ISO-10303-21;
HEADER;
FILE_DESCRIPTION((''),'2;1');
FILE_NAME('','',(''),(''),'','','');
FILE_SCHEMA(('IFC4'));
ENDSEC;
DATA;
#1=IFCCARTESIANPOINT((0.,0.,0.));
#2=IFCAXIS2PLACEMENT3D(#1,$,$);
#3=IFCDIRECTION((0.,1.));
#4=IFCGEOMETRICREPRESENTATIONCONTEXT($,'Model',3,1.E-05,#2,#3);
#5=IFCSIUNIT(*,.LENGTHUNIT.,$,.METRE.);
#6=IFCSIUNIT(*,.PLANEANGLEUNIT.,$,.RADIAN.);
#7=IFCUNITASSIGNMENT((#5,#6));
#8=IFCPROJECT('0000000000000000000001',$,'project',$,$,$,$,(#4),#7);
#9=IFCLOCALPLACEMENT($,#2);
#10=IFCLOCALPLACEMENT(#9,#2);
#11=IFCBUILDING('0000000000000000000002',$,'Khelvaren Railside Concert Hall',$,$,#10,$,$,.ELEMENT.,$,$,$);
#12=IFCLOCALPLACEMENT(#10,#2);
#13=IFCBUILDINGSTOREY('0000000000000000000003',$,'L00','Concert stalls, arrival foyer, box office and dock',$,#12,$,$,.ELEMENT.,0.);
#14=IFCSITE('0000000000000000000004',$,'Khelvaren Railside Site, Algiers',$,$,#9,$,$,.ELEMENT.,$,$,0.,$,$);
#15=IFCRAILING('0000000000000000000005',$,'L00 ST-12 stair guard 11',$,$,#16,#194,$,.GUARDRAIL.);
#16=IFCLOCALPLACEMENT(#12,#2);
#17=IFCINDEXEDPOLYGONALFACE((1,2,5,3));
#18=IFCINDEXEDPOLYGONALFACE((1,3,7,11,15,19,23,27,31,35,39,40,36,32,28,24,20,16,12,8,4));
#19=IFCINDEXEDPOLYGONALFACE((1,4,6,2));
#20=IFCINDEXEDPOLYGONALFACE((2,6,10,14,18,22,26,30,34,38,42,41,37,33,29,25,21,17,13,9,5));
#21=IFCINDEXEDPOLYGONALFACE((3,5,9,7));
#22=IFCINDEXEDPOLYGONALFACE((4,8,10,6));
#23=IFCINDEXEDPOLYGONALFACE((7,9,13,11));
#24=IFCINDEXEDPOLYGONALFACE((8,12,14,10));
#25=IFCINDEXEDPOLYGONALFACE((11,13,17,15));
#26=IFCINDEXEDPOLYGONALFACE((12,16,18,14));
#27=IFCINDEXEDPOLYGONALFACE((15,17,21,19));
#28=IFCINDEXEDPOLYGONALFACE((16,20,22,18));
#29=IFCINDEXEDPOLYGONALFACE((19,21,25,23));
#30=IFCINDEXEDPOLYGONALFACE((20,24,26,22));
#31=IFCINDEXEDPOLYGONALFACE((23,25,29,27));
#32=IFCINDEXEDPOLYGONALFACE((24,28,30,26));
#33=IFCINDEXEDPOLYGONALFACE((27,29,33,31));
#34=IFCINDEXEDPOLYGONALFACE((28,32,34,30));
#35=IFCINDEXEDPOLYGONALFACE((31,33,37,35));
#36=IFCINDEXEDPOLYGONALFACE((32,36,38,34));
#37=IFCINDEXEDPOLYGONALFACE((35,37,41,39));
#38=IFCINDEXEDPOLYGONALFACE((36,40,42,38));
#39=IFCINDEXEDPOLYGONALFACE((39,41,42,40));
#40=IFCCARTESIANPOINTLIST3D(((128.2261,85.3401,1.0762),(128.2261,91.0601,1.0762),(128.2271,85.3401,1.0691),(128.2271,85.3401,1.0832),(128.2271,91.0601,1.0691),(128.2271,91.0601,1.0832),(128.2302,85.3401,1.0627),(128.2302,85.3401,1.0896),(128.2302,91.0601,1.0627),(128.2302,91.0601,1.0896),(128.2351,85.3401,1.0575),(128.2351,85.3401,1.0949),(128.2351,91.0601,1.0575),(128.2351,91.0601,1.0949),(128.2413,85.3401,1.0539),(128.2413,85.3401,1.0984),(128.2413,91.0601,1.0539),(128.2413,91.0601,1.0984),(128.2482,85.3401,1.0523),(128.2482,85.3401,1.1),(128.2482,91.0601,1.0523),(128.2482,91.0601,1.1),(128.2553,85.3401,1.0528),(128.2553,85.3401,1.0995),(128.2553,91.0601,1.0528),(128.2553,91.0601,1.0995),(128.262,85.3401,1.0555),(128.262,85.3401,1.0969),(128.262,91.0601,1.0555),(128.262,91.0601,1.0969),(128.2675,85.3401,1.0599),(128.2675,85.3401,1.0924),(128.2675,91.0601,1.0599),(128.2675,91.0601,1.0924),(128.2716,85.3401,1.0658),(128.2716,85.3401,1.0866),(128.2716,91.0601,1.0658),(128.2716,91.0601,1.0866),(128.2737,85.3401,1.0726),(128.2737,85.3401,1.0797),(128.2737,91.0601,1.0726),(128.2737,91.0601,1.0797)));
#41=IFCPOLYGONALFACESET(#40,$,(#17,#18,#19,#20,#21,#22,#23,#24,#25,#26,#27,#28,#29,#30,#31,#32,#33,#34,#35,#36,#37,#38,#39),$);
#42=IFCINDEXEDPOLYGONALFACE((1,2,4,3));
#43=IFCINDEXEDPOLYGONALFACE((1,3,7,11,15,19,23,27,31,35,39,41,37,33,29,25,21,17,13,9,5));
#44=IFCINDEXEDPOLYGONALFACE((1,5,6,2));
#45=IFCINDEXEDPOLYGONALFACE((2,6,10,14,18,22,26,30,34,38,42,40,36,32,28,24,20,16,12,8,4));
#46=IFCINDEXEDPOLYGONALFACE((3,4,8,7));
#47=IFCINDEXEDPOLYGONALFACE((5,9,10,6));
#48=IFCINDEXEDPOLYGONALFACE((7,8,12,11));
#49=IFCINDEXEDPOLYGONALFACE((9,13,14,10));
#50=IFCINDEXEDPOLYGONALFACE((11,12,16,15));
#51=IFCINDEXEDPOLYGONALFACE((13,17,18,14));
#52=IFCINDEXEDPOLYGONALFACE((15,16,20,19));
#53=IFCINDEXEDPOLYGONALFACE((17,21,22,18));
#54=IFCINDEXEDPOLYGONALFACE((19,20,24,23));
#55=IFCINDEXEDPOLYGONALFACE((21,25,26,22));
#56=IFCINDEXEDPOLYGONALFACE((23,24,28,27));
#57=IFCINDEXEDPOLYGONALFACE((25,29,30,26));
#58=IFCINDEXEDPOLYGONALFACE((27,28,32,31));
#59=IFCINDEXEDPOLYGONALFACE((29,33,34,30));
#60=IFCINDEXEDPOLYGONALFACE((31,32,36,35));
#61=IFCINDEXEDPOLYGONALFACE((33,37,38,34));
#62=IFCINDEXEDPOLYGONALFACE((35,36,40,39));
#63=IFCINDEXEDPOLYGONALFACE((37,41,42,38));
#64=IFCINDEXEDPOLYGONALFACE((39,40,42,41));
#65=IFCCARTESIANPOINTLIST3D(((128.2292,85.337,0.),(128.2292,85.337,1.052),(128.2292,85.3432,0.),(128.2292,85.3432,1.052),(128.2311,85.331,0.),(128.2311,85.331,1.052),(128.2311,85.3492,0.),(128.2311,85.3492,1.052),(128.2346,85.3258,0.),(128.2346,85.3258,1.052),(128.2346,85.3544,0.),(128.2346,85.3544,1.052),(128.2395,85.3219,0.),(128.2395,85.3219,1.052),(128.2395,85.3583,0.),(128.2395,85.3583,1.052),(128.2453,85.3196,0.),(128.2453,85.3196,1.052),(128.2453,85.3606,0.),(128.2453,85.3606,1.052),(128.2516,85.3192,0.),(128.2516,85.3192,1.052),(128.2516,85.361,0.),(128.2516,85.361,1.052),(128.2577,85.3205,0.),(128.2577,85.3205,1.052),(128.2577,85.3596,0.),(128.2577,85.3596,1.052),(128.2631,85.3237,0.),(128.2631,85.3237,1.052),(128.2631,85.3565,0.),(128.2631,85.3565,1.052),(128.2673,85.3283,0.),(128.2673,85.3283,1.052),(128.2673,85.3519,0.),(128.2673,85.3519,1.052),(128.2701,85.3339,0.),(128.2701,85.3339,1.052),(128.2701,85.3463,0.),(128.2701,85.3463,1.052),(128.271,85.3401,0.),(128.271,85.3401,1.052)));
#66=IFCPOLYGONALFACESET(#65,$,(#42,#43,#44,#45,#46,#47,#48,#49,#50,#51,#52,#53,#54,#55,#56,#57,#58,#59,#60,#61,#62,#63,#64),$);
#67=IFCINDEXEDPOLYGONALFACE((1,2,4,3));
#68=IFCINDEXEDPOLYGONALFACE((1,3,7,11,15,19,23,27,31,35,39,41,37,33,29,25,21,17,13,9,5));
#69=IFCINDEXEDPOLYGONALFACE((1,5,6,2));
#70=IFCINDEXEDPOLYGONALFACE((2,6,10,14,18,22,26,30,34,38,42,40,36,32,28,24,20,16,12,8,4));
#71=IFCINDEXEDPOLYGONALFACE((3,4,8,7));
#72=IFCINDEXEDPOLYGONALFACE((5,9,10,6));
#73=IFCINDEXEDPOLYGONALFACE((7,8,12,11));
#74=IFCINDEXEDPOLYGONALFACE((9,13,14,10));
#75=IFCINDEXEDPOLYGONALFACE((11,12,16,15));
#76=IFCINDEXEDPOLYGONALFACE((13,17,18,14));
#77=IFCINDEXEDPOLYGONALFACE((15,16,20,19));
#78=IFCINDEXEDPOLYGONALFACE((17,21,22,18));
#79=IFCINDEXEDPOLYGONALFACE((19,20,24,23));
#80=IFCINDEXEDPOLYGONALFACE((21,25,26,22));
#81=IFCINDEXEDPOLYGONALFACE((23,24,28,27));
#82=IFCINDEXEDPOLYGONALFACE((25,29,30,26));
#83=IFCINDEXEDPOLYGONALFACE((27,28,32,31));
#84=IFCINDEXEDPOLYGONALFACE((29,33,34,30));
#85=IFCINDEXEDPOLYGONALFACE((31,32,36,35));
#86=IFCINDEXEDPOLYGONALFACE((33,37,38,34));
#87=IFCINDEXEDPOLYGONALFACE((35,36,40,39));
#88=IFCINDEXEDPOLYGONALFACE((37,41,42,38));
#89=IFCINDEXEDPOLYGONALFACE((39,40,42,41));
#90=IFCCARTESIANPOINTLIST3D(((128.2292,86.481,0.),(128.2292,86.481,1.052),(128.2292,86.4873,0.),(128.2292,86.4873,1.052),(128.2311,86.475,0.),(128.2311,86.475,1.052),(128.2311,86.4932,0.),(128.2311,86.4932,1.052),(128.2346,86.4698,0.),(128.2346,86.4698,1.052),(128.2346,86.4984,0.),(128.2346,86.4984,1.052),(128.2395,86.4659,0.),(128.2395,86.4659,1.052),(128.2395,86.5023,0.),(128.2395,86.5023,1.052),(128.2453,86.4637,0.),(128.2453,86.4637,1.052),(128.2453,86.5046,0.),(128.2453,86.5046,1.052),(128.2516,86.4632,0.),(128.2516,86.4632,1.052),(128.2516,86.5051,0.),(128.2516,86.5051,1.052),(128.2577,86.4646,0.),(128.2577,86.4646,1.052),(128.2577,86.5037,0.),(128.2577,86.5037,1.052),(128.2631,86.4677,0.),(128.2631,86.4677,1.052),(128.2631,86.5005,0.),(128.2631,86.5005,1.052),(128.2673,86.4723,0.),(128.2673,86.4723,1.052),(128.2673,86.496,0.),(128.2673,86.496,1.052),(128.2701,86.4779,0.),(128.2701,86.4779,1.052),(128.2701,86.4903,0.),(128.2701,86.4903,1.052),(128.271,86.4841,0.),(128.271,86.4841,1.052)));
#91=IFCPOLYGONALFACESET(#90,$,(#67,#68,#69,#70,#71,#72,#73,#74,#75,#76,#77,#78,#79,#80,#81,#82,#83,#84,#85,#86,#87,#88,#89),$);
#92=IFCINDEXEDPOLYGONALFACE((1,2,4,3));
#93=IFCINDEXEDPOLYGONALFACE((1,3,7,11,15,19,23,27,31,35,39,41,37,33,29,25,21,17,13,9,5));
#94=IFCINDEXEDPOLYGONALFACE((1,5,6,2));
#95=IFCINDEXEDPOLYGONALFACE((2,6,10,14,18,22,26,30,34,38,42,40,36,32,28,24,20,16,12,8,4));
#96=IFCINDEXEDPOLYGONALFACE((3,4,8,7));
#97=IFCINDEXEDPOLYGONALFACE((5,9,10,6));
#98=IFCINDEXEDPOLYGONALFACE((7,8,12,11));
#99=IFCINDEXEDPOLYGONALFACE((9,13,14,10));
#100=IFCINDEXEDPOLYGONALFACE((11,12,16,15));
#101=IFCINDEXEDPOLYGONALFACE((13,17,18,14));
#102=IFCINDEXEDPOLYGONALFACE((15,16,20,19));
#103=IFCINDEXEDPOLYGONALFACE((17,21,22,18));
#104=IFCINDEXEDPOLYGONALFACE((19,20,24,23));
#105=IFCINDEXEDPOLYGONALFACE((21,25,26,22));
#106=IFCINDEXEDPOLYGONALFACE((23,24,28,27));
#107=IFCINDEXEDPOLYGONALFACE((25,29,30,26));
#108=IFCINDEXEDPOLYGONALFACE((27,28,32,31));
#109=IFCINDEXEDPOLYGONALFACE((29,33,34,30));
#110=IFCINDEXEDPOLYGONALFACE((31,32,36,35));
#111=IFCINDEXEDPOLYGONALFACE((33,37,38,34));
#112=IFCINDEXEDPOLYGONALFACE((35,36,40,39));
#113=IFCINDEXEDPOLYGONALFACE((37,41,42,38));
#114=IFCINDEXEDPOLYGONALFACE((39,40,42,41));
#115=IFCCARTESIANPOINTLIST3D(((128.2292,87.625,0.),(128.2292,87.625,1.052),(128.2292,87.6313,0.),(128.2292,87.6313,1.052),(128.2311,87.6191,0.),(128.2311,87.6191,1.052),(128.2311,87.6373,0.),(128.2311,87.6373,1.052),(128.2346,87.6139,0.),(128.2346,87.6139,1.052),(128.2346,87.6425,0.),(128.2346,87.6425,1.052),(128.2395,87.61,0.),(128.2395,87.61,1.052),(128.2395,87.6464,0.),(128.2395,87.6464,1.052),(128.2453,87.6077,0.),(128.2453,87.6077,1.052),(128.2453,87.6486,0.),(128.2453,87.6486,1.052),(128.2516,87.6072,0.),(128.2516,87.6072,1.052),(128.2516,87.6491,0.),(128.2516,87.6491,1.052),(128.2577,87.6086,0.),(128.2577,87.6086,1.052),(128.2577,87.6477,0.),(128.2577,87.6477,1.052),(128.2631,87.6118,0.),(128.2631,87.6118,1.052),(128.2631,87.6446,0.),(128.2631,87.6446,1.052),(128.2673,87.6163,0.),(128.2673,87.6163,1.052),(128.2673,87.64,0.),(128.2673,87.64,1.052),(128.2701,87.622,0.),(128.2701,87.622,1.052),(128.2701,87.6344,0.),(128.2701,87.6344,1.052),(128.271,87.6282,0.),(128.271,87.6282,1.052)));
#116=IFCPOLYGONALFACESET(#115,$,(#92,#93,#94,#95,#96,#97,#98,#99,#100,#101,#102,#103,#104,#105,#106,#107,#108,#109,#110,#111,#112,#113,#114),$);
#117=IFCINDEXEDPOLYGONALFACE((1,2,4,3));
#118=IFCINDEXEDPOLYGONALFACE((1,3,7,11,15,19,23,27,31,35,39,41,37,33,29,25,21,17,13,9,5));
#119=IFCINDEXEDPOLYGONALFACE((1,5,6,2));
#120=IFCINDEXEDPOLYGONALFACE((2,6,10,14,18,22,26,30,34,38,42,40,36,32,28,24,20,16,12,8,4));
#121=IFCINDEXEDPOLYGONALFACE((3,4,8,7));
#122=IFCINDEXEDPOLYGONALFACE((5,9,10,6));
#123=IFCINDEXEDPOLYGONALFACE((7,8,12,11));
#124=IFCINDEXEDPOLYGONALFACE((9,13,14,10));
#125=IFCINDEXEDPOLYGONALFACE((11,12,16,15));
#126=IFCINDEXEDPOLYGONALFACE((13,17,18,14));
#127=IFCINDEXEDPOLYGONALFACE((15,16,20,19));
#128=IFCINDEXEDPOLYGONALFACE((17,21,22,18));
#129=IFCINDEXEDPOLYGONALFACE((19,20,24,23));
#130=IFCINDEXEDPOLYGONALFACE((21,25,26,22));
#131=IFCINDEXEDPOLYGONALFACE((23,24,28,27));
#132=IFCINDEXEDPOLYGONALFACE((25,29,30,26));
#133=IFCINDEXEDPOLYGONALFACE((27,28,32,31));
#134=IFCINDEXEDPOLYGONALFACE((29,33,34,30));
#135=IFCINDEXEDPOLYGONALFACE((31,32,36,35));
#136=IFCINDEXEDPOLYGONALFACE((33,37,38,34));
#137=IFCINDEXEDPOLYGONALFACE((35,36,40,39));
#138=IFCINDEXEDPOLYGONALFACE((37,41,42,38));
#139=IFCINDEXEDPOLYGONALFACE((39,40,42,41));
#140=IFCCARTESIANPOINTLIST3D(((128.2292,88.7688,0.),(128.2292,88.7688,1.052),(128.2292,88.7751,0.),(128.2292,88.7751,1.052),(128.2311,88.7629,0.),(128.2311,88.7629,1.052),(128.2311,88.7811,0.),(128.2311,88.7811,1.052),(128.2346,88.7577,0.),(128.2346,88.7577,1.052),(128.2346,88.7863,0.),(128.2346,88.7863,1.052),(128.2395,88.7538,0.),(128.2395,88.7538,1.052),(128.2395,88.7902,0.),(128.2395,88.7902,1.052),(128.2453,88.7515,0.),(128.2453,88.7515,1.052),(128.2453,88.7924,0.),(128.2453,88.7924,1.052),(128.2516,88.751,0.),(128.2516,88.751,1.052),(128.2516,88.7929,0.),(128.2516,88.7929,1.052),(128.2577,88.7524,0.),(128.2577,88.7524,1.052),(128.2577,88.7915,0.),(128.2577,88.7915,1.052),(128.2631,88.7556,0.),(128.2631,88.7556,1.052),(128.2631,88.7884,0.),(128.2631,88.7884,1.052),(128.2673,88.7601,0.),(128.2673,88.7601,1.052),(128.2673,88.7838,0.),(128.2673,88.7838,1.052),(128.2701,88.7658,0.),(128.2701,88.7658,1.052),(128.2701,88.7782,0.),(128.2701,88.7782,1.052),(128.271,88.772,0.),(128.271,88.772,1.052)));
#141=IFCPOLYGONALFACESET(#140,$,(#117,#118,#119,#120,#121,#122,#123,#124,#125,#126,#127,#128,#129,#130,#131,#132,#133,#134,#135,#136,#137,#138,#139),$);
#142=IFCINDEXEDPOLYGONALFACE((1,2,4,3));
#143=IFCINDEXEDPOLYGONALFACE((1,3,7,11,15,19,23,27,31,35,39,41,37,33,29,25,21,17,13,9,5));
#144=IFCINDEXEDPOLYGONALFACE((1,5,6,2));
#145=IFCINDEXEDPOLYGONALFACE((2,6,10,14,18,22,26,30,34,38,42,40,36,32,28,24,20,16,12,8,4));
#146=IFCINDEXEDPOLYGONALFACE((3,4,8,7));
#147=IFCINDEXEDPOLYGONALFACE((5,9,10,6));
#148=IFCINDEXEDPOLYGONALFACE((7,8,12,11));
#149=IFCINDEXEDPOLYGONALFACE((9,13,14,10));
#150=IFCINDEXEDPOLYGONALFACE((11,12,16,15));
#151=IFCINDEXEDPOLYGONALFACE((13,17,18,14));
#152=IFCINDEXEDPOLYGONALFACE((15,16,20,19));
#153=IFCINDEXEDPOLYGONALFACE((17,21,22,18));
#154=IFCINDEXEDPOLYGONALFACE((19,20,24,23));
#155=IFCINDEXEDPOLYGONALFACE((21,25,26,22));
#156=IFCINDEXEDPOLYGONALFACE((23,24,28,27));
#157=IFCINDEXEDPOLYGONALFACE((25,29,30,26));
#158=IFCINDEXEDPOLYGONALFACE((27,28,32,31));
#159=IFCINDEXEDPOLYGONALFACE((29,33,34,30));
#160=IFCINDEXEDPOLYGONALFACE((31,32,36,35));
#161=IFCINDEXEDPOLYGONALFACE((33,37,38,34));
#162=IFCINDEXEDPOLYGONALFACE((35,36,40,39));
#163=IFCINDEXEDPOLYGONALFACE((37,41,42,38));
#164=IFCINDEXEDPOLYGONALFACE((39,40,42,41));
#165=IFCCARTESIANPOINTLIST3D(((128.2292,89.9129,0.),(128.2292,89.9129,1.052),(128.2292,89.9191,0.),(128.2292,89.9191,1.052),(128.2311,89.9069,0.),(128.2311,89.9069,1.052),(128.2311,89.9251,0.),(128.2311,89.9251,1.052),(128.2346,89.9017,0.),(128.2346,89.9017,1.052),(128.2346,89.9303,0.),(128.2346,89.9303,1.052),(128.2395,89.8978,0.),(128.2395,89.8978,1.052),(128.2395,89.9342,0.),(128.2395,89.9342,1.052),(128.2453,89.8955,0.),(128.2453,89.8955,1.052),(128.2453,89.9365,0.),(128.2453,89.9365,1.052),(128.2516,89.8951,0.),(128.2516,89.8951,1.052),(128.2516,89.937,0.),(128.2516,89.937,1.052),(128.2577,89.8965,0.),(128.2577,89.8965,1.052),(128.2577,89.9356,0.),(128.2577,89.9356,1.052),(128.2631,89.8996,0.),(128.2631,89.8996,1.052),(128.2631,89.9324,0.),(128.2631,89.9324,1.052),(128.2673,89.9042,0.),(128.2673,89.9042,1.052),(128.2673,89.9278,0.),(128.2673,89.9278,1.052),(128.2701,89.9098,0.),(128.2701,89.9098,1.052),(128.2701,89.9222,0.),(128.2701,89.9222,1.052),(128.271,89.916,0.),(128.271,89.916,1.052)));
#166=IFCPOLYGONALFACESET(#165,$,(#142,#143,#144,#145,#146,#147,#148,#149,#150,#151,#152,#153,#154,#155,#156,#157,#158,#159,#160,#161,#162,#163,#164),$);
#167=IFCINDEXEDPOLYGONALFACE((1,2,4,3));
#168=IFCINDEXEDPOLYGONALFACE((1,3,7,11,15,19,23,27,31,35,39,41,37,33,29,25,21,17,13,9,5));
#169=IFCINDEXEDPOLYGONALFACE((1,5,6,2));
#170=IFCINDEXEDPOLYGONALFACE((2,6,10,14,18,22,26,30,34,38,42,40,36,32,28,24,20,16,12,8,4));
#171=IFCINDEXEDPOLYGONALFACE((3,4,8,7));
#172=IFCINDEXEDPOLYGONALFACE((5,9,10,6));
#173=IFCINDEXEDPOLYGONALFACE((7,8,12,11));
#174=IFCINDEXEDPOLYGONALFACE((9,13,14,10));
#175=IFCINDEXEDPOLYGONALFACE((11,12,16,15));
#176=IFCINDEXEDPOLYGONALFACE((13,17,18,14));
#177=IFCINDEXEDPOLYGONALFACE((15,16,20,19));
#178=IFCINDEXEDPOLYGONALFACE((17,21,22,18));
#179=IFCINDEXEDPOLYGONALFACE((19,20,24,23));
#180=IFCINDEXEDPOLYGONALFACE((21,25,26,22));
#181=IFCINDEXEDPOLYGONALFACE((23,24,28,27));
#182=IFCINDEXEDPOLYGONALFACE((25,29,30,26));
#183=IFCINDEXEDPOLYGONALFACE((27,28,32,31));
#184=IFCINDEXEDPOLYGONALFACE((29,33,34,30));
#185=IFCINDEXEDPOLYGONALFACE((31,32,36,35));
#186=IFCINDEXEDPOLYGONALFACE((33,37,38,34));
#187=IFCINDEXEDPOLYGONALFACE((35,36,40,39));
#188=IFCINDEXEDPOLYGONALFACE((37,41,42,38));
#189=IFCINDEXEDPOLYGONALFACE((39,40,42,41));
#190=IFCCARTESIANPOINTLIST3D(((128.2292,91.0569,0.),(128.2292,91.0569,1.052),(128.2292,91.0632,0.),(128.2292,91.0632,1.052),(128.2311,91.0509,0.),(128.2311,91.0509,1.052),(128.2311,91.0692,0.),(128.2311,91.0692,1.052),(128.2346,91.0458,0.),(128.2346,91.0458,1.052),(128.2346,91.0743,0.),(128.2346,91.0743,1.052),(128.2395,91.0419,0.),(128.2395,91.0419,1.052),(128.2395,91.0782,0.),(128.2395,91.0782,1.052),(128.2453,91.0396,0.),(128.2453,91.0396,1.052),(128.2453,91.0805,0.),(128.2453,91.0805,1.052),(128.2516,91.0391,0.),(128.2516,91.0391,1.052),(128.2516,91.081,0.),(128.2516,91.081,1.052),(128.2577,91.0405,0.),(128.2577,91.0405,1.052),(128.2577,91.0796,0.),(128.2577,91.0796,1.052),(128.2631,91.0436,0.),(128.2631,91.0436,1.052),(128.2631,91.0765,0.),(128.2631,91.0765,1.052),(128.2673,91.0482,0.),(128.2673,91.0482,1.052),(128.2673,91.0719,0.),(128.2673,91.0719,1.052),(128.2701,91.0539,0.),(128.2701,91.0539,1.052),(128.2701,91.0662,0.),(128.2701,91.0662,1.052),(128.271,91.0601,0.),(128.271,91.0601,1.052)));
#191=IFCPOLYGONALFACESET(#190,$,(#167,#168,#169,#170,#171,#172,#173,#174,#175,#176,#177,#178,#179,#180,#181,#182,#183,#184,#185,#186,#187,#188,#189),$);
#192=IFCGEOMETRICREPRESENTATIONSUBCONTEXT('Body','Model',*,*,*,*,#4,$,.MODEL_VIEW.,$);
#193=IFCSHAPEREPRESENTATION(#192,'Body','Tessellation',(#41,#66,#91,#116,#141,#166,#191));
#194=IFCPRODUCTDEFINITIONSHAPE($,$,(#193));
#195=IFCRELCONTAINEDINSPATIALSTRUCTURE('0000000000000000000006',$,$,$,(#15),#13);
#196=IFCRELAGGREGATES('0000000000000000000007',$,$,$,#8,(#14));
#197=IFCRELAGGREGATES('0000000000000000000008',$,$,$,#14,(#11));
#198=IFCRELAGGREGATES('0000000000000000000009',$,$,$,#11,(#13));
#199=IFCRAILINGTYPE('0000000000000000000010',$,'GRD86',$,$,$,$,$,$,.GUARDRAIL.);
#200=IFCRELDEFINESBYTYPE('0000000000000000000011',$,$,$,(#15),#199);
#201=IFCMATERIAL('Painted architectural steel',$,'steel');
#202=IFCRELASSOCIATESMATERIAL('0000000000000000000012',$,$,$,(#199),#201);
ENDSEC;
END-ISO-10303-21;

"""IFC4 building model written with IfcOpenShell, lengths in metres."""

from ifc_helpers import new_model, si_unit, direction, frame, origin, origin_2d, place, context, subcontext, project, spatial, circle, extrude, material, type_object, element, save


model = new_model("IFC4")

# Units and contexts
model_context = context("Model", 3, precision=1e-05, world=origin(), true_north=direction((0.0, 1.0)))
body_context = subcontext(model_context, "Body", "Model", "MODEL_VIEW")
ifc_project = project(units=[si_unit("LENGTHUNIT", "METRE"), si_unit("PLANEANGLEUNIT", "RADIAN")], contexts=[model_context])

# Site, building, storey
site_placement = place(None, origin())
site = spatial("IfcSite", under=ifc_project, at=site_placement, Name="Khelvaren Railside Site, Algiers", CompositionType="ELEMENT", RefElevation=0.0)
building_placement = place(site_placement, origin())
building = spatial("IfcBuilding", under=site, at=building_placement, Name="Khelvaren Railside Concert Hall", CompositionType="ELEMENT")
storey_placement = place(building_placement, origin())
storey = spatial("IfcBuildingStorey", under=building, at=storey_placement, Name="L00", Description="Concert stalls, arrival foyer, box office and dock", CompositionType="ELEMENT", Elevation=0.0)

# Railing
ifc_material_1 = material(Name="Painted architectural steel", Category="steel")
railing_type_1 = type_object("IfcRailingType", Name="GRD86", PredefinedType="GUARDRAIL", material=ifc_material_1)
railing_1_placement = place(storey_placement, frame((128.25, 85.3401, 0.0)))
element("IfcRailing", 1, at=railing_1_placement, inside=storey, type_object=railing_type_1, Name="L00 ST-12 stair guard 11", PredefinedType="GUARDRAIL", context=body_context, shape_type="SweptSolid", body=[
    extrude(circle(Radius=0.0239, at=origin_2d()), frame((0.0, 0.0, 1.0762), z_axis=(0.0, 1.0, 0.0), x_axis=(-1.0, 0.0, 0.0)), (0.0, 0.0, 1.0), 5.72),
    extrude(circle(Radius=0.021, at=origin_2d()), origin(), (0.0, 0.0, 1.0), 1.052),
    extrude(circle(Radius=0.021, at=origin_2d()), frame((0.0, 1.144, 0.0)), (0.0, 0.0, 1.0), 1.052),
    extrude(circle(Radius=0.021, at=origin_2d()), frame((0.0, 2.2881, 0.0)), (0.0, 0.0, 1.0), 1.052),
    extrude(circle(Radius=0.021, at=origin_2d()), frame((0.0, 3.4319, 0.0)), (0.0, 0.0, 1.0), 1.052),
    extrude(circle(Radius=0.021, at=origin_2d()), frame((0.0, 4.5759, 0.0)), (0.0, 0.0, 1.0), 1.052),
    extrude(circle(Radius=0.021, at=origin_2d()), frame((0.0, 5.72, 0.0)), (0.0, 0.0, 1.0), 1.052),
])

save(model, "model.ifc")
